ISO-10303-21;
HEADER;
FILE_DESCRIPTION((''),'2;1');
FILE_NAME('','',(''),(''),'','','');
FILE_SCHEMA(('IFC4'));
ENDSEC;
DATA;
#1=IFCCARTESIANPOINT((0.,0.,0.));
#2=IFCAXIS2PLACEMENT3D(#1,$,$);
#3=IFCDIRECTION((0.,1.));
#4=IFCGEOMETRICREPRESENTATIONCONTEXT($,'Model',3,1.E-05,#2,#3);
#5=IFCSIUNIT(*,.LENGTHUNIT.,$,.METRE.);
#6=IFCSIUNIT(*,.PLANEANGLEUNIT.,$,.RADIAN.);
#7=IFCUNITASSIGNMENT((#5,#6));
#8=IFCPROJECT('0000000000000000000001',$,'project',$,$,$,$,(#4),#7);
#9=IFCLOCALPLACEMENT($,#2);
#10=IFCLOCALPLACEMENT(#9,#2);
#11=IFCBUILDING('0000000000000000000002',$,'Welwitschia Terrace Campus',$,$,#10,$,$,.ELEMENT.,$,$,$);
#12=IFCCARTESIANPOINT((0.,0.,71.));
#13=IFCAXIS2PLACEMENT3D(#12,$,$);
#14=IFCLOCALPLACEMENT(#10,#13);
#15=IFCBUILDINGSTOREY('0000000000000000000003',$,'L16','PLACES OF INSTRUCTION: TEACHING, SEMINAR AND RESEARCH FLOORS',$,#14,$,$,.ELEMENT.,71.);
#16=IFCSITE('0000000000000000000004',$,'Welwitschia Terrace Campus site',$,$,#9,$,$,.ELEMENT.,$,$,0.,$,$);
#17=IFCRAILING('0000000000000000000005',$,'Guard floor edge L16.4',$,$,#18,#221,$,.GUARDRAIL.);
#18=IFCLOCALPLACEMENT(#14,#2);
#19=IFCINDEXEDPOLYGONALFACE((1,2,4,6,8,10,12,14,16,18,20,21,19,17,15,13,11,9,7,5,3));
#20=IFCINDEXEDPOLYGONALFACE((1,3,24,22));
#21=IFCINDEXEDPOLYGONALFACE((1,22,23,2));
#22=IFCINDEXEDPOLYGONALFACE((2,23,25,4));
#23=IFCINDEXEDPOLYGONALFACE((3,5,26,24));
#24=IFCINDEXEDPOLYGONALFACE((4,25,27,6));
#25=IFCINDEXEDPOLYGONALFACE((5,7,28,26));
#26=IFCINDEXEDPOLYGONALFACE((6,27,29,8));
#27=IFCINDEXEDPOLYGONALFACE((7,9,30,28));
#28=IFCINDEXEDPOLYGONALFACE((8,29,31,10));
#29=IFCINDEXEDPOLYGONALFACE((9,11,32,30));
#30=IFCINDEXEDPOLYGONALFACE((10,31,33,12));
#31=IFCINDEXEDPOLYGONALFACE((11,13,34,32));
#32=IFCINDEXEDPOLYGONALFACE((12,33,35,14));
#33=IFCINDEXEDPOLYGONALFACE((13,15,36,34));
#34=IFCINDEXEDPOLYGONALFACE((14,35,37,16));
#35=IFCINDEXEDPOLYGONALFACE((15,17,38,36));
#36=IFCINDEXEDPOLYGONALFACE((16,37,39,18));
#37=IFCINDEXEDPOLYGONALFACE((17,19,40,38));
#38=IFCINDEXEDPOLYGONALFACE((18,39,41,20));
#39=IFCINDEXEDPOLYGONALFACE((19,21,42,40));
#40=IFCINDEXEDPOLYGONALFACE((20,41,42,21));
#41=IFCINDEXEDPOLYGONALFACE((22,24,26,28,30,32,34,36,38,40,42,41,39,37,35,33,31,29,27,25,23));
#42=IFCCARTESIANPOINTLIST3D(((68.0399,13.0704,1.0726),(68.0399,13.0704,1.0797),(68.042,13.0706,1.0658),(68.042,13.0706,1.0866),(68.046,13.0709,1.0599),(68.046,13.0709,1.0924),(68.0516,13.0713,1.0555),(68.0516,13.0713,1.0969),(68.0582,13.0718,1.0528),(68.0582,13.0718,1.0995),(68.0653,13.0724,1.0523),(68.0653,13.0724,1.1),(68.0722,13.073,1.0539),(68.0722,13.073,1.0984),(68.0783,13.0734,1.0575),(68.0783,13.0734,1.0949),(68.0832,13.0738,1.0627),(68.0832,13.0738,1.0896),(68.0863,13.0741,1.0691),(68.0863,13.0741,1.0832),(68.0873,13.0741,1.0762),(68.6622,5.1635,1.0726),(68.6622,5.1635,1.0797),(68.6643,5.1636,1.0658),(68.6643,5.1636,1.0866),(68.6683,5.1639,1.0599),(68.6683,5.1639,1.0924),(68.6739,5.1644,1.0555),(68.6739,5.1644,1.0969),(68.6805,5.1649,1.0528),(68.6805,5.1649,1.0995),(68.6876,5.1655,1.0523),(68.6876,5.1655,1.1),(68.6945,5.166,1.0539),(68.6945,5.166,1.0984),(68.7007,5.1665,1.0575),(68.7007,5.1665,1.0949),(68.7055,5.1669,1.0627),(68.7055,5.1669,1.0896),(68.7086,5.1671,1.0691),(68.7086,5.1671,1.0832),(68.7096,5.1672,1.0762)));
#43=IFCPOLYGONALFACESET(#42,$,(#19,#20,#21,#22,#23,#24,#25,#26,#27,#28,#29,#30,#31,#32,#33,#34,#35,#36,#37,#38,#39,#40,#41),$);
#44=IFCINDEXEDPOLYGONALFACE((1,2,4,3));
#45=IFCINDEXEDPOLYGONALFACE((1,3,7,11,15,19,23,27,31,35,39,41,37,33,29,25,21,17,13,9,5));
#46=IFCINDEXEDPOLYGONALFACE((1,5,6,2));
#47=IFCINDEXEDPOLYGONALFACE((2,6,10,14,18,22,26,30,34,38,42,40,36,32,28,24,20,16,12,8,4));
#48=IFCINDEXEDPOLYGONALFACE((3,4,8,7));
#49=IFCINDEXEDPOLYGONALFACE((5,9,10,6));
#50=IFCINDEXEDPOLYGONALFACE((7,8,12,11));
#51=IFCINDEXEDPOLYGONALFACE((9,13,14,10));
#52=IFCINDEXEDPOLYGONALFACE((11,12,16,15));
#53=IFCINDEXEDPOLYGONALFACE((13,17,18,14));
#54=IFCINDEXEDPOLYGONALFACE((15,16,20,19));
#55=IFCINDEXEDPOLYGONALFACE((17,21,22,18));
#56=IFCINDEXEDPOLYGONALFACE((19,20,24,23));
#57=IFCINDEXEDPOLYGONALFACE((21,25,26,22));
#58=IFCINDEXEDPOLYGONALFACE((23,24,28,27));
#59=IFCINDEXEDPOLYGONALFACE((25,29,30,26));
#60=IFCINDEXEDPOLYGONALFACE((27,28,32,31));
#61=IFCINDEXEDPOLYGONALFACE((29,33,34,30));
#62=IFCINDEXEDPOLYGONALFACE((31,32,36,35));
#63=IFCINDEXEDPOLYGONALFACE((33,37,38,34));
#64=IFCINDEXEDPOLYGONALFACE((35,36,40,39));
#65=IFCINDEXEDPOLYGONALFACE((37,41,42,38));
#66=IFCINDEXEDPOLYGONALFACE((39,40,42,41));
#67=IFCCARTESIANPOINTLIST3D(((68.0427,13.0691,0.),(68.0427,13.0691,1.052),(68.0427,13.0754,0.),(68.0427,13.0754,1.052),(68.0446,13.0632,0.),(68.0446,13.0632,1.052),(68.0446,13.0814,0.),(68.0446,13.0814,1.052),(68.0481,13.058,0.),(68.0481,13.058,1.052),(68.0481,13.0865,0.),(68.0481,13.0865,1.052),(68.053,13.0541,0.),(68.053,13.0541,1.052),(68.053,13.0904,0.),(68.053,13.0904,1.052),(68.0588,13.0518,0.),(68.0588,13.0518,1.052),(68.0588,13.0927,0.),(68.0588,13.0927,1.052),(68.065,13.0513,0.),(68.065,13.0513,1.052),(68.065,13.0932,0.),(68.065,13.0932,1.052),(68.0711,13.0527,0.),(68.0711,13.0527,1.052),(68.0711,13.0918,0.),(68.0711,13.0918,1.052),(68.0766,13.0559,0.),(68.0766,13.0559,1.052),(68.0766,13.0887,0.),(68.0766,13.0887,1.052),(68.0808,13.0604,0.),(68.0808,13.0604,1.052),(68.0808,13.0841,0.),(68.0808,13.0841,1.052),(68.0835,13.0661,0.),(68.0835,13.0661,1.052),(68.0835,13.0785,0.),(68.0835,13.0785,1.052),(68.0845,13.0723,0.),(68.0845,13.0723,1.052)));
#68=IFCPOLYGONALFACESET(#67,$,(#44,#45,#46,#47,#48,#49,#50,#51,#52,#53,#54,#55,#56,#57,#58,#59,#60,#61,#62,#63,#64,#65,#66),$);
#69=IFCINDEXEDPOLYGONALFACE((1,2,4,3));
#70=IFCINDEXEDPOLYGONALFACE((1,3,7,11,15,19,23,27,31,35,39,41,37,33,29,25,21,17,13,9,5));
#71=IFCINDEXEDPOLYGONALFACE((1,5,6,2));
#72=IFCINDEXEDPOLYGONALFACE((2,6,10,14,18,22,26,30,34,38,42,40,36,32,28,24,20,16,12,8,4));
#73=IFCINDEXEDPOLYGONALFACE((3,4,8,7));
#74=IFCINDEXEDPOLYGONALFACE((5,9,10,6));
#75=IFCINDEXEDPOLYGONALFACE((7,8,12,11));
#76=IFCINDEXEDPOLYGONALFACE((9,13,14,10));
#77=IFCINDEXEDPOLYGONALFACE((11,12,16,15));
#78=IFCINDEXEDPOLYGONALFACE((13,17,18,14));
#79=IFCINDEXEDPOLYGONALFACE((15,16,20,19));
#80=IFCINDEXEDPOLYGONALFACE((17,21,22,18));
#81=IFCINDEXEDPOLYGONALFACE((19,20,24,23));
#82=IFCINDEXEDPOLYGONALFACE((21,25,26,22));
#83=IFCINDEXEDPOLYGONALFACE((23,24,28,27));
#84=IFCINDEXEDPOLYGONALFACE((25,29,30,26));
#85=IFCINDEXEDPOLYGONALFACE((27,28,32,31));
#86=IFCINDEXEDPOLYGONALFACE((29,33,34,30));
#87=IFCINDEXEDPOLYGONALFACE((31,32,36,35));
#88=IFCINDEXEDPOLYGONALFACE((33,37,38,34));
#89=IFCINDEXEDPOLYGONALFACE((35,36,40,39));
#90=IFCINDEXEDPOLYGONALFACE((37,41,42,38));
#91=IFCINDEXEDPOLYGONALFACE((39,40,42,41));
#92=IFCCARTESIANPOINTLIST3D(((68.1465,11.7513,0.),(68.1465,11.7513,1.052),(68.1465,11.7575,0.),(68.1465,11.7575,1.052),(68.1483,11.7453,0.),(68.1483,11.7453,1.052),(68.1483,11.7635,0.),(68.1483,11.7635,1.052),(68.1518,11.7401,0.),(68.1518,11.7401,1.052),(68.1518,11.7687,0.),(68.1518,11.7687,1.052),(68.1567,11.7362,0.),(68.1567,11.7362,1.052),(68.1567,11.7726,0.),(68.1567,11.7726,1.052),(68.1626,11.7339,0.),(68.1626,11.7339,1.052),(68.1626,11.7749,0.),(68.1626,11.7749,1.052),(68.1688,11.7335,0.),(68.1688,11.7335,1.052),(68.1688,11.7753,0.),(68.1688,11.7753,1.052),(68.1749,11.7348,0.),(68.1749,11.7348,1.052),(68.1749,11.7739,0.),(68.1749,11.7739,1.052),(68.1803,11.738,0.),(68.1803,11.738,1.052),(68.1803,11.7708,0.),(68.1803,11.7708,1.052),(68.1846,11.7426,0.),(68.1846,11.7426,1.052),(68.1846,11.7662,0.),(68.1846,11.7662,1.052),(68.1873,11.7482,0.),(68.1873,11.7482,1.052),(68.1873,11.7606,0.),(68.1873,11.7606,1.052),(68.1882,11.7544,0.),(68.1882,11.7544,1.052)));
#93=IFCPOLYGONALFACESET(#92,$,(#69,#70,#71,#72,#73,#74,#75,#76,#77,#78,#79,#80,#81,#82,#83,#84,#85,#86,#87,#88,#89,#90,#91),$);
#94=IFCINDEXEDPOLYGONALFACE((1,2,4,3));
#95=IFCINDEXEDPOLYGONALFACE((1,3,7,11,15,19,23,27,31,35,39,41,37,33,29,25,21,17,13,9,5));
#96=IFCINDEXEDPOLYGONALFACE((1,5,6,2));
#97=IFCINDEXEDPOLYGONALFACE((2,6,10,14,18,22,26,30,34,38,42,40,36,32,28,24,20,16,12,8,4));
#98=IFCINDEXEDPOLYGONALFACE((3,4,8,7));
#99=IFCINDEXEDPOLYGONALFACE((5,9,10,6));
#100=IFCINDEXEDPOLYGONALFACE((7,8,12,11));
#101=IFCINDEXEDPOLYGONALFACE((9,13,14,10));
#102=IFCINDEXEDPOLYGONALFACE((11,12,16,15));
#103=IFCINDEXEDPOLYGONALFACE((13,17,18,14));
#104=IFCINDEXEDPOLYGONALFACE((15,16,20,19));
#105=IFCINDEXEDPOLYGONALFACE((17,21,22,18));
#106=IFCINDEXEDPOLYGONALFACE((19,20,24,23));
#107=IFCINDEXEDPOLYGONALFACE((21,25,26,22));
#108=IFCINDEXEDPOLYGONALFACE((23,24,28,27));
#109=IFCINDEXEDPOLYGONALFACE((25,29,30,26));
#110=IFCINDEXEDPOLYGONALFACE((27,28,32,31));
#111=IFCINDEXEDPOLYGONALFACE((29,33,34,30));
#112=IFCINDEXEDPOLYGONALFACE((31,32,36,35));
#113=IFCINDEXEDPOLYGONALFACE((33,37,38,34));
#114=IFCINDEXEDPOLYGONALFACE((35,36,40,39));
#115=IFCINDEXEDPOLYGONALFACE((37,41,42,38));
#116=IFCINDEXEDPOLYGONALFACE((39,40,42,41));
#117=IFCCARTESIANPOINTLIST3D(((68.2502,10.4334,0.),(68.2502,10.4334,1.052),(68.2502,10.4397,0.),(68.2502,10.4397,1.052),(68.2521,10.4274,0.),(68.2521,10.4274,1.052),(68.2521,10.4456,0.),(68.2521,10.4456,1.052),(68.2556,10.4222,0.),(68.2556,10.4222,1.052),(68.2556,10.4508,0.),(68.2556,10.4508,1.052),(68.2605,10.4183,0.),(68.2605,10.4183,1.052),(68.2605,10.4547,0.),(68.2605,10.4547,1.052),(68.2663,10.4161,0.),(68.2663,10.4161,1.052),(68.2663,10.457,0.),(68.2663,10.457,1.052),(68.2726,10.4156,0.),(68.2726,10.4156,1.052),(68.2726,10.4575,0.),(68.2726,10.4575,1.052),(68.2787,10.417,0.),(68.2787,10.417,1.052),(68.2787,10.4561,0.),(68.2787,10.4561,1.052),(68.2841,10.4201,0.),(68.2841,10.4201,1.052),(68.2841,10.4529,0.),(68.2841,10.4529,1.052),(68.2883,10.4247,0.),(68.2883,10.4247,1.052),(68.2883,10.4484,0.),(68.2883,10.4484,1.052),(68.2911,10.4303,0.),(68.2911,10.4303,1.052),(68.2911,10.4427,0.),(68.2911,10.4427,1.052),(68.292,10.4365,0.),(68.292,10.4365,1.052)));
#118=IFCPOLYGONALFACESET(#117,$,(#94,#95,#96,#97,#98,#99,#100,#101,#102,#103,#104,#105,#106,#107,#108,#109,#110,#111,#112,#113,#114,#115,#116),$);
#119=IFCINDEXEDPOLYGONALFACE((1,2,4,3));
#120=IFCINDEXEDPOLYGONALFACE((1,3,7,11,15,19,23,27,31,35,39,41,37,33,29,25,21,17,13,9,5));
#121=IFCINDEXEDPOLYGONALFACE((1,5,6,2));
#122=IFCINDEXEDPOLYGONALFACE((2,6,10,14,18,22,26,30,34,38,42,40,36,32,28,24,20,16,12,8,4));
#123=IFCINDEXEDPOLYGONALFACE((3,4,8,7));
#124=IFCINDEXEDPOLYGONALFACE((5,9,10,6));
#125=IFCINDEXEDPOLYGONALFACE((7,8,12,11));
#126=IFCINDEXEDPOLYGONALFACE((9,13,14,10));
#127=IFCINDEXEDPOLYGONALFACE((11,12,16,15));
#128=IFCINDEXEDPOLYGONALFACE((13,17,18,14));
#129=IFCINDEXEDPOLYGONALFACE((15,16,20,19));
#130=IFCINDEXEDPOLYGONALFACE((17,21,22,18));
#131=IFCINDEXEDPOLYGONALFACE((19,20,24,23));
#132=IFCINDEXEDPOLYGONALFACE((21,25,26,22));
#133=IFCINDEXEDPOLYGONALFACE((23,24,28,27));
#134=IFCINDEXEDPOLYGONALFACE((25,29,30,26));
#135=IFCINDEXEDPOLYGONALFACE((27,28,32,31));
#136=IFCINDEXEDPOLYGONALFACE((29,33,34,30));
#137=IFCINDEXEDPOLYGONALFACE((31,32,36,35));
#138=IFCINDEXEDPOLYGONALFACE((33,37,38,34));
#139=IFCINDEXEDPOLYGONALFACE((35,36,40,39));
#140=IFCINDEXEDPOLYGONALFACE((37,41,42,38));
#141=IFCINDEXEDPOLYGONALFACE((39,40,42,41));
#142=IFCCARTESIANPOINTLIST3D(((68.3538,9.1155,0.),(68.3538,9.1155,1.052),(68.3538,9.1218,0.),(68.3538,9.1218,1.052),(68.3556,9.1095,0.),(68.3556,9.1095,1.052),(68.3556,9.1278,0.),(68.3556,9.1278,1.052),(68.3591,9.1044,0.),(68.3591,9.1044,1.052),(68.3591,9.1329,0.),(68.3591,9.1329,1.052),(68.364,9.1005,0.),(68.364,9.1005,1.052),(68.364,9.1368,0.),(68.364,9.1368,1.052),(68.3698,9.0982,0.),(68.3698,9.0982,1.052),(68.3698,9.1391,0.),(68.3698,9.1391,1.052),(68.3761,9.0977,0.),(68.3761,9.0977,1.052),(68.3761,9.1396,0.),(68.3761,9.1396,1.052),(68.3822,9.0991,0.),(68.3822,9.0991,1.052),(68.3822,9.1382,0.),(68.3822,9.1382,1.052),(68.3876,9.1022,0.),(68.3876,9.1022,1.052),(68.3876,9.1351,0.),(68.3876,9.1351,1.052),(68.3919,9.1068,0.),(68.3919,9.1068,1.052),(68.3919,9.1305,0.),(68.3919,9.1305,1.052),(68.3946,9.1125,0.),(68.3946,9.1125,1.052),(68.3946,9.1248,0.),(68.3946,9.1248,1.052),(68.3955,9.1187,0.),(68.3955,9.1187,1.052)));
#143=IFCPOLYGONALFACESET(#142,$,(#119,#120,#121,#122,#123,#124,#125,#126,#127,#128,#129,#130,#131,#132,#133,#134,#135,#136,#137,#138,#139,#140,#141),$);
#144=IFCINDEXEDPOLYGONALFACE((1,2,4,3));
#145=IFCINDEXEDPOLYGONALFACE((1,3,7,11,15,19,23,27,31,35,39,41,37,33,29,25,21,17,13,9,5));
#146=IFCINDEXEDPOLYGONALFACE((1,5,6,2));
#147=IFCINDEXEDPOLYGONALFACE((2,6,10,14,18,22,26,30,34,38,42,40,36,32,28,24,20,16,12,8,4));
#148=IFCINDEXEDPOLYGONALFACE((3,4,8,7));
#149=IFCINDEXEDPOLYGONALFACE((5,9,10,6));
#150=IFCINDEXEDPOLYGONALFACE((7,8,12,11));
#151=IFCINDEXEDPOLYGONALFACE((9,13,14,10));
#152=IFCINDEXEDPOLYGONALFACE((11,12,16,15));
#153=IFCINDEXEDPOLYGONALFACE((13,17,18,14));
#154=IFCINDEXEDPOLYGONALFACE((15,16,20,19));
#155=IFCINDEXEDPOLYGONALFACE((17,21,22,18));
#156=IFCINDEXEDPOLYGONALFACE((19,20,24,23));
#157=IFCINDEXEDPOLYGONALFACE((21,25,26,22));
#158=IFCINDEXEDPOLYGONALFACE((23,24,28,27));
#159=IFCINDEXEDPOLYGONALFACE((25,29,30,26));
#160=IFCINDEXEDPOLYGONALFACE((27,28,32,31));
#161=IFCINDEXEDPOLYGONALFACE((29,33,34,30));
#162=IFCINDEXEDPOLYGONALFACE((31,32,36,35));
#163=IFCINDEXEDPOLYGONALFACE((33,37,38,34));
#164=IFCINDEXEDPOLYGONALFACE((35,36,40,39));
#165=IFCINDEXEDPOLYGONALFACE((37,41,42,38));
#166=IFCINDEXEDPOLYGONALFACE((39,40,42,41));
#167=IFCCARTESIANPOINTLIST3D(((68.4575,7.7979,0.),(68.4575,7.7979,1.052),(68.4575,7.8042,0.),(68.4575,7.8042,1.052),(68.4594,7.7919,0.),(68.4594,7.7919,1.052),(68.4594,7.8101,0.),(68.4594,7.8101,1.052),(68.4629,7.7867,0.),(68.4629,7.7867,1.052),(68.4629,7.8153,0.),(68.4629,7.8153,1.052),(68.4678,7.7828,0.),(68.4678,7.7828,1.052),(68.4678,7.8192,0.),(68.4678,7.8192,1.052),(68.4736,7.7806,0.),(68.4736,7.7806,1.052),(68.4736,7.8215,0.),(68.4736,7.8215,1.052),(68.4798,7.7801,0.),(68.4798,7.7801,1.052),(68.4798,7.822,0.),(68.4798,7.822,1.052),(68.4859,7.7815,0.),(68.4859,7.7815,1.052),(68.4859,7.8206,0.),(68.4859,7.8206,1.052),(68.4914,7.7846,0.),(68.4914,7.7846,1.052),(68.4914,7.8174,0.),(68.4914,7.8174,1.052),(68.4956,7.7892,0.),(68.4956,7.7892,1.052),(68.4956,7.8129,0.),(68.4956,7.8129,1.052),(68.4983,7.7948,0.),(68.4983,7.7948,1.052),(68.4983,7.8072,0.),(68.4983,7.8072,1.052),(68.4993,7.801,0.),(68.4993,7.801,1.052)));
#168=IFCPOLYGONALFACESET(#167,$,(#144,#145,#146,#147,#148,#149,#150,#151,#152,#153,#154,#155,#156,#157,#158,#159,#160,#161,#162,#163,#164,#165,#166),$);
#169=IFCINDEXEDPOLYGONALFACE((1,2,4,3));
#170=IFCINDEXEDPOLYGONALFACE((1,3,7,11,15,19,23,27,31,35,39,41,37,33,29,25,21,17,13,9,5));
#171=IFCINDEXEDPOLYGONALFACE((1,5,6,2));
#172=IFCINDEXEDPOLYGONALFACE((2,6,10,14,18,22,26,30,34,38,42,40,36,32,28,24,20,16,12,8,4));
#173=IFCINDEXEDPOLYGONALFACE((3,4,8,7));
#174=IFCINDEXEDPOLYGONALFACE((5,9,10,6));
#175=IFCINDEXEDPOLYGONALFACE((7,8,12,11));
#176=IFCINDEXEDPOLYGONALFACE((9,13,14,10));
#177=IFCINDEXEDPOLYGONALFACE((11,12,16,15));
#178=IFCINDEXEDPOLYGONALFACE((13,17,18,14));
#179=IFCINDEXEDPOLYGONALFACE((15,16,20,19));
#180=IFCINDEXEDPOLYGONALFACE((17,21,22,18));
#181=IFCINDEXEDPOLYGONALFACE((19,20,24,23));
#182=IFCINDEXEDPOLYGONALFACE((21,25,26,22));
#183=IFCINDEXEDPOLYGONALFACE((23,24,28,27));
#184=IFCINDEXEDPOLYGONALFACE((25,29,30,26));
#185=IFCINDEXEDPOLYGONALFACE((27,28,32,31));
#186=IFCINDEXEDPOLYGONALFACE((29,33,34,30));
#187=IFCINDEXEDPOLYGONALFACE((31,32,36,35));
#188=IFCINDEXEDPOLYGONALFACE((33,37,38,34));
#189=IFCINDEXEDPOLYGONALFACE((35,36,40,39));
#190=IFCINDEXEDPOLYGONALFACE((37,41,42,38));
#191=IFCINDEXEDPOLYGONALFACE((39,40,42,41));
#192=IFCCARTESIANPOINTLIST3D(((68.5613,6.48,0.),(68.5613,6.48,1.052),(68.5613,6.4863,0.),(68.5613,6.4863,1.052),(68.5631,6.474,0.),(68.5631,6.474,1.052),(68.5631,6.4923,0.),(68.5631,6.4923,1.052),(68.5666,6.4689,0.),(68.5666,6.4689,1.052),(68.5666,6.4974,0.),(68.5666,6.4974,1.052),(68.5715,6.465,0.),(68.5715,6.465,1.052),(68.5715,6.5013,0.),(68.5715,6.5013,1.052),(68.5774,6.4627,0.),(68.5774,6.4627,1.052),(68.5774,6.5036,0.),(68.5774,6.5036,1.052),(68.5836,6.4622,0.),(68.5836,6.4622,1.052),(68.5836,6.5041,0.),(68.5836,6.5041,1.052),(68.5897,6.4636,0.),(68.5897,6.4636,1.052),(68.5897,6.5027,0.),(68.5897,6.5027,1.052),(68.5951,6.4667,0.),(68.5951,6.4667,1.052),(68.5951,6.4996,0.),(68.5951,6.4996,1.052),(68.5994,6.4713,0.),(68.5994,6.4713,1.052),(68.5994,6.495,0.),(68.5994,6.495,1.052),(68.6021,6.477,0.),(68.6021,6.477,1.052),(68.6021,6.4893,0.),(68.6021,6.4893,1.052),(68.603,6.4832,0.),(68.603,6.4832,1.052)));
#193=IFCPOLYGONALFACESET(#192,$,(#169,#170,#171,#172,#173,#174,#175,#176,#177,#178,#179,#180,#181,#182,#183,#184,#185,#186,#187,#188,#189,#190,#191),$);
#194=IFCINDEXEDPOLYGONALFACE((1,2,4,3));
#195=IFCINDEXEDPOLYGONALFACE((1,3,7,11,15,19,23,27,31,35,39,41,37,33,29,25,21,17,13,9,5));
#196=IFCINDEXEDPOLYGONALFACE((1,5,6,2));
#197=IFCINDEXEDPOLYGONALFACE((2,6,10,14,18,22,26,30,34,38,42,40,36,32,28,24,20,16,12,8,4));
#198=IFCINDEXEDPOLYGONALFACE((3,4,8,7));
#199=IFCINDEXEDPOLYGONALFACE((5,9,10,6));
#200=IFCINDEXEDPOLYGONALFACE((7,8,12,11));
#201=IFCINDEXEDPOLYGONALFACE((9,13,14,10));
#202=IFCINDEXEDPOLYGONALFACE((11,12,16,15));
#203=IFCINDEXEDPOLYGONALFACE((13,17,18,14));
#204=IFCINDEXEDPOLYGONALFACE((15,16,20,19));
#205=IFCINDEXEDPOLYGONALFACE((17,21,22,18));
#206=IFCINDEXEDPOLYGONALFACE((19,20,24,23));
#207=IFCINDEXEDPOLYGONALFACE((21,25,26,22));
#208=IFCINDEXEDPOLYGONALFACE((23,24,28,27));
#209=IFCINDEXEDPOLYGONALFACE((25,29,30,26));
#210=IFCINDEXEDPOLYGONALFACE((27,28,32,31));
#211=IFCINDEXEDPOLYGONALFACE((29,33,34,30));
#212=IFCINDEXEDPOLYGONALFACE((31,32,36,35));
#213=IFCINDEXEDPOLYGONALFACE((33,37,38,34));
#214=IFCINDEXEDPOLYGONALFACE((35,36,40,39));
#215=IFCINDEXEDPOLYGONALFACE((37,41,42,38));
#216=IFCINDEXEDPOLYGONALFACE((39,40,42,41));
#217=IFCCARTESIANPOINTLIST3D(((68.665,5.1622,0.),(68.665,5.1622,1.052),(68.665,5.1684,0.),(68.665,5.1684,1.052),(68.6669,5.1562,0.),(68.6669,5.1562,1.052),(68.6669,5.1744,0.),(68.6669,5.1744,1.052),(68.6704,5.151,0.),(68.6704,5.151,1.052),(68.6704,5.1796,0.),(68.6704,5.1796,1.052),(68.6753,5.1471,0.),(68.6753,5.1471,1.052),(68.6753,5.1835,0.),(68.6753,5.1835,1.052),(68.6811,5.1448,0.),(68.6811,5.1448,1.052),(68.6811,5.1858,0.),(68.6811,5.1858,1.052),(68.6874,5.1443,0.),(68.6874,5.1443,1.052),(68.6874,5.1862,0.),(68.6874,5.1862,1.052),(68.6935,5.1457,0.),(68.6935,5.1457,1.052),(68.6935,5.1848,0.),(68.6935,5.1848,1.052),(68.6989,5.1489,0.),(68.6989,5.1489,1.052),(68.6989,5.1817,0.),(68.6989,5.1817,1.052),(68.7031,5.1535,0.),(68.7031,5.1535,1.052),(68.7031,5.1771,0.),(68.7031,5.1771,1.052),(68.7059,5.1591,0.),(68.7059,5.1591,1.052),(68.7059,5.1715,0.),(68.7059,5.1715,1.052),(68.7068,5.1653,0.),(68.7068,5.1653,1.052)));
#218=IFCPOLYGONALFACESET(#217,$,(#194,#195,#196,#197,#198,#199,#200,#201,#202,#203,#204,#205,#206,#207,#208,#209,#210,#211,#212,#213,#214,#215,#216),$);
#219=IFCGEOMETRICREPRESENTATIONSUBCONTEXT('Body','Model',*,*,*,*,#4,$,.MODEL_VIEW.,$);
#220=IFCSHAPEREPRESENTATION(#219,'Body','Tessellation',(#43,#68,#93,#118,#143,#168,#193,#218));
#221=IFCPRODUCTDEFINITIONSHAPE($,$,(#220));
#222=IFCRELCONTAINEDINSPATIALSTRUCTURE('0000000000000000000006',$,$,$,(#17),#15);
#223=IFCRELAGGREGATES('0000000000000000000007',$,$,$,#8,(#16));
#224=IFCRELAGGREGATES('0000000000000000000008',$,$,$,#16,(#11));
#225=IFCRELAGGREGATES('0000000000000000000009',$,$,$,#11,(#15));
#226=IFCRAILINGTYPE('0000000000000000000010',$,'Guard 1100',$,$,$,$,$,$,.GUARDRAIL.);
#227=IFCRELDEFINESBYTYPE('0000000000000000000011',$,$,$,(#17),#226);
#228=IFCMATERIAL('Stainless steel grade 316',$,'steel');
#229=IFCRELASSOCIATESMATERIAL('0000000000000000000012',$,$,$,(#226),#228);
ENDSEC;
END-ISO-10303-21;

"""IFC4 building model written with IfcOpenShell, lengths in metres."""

from ifc_helpers import new_model, si_unit, direction, frame, origin, origin_2d, place, context, subcontext, project, spatial, circle, extrude, material, type_object, element, save


model = new_model("IFC4")

# Units and contexts
model_context = context("Model", 3, precision=1e-05, world=origin(), true_north=direction((0.0, 1.0)))
body_context = subcontext(model_context, "Body", "Model", "MODEL_VIEW")
ifc_project = project(units=[si_unit("LENGTHUNIT", "METRE"), si_unit("PLANEANGLEUNIT", "RADIAN")], contexts=[model_context])

# Site, building, storey
site_placement = place(None, origin())
site = spatial("IfcSite", under=ifc_project, at=site_placement, Name="Welwitschia Terrace Campus site", CompositionType="ELEMENT", RefElevation=0.0)
building_placement = place(site_placement, origin())
building = spatial("IfcBuilding", under=site, at=building_placement, Name="Welwitschia Terrace Campus", CompositionType="ELEMENT")
storey_placement = place(building_placement, frame((0.0, 0.0, 71.0)))
storey = spatial("IfcBuildingStorey", under=building, at=storey_placement, Name="L16", Description="PLACES OF INSTRUCTION: TEACHING, SEMINAR AND RESEARCH FLOORS", CompositionType="ELEMENT", Elevation=71.0)

# Railing
ifc_material_1 = material(Name="Stainless steel grade 316", Category="steel")
railing_type = type_object("IfcRailingType", Name="Guard 1100", PredefinedType="GUARDRAIL", material=ifc_material_1)
railing_placement = place(storey_placement, frame((68.0635, 13.0723, 0.0)))
element("IfcRailing", 1, at=railing_placement, inside=storey, type_object=railing_type, Name="Guard floor edge L16.4", PredefinedType="GUARDRAIL", context=body_context, shape_type="SweptSolid", body=[
    extrude(circle(Radius=0.0239, at=origin_2d()), frame((0.0, 0.0, 1.0762), z_axis=(0.078462, -0.996917, 0.0), x_axis=(0.996917, 0.078462, 0.0)), (0.0, 0.0, 1.0), 7.9314),
    extrude(circle(Radius=0.021, at=origin_2d()), origin(), (0.0, 0.0, 1.0), 1.052),
    extrude(circle(Radius=0.021, at=origin_2d()), frame((0.1038, -1.3179, 0.0)), (0.0, 0.0, 1.0), 1.052),
    extrude(circle(Radius=0.021, at=origin_2d()), frame((0.2075, -2.6357, 0.0)), (0.0, 0.0, 1.0), 1.052),
    extrude(circle(Radius=0.021, at=origin_2d()), frame((0.311, -3.9536, 0.0)), (0.0, 0.0, 1.0), 1.052),
    extrude(circle(Radius=0.021, at=origin_2d()), frame((0.4148, -5.2712, 0.0)), (0.0, 0.0, 1.0), 1.052),
    extrude(circle(Radius=0.021, at=origin_2d()), frame((0.5186, -6.5891, 0.0)), (0.0, 0.0, 1.0), 1.052),
    extrude(circle(Radius=0.021, at=origin_2d()), frame((0.6223, -7.907, 0.0)), (0.0, 0.0, 1.0), 1.052),
])

save(model, "model.ifc")
